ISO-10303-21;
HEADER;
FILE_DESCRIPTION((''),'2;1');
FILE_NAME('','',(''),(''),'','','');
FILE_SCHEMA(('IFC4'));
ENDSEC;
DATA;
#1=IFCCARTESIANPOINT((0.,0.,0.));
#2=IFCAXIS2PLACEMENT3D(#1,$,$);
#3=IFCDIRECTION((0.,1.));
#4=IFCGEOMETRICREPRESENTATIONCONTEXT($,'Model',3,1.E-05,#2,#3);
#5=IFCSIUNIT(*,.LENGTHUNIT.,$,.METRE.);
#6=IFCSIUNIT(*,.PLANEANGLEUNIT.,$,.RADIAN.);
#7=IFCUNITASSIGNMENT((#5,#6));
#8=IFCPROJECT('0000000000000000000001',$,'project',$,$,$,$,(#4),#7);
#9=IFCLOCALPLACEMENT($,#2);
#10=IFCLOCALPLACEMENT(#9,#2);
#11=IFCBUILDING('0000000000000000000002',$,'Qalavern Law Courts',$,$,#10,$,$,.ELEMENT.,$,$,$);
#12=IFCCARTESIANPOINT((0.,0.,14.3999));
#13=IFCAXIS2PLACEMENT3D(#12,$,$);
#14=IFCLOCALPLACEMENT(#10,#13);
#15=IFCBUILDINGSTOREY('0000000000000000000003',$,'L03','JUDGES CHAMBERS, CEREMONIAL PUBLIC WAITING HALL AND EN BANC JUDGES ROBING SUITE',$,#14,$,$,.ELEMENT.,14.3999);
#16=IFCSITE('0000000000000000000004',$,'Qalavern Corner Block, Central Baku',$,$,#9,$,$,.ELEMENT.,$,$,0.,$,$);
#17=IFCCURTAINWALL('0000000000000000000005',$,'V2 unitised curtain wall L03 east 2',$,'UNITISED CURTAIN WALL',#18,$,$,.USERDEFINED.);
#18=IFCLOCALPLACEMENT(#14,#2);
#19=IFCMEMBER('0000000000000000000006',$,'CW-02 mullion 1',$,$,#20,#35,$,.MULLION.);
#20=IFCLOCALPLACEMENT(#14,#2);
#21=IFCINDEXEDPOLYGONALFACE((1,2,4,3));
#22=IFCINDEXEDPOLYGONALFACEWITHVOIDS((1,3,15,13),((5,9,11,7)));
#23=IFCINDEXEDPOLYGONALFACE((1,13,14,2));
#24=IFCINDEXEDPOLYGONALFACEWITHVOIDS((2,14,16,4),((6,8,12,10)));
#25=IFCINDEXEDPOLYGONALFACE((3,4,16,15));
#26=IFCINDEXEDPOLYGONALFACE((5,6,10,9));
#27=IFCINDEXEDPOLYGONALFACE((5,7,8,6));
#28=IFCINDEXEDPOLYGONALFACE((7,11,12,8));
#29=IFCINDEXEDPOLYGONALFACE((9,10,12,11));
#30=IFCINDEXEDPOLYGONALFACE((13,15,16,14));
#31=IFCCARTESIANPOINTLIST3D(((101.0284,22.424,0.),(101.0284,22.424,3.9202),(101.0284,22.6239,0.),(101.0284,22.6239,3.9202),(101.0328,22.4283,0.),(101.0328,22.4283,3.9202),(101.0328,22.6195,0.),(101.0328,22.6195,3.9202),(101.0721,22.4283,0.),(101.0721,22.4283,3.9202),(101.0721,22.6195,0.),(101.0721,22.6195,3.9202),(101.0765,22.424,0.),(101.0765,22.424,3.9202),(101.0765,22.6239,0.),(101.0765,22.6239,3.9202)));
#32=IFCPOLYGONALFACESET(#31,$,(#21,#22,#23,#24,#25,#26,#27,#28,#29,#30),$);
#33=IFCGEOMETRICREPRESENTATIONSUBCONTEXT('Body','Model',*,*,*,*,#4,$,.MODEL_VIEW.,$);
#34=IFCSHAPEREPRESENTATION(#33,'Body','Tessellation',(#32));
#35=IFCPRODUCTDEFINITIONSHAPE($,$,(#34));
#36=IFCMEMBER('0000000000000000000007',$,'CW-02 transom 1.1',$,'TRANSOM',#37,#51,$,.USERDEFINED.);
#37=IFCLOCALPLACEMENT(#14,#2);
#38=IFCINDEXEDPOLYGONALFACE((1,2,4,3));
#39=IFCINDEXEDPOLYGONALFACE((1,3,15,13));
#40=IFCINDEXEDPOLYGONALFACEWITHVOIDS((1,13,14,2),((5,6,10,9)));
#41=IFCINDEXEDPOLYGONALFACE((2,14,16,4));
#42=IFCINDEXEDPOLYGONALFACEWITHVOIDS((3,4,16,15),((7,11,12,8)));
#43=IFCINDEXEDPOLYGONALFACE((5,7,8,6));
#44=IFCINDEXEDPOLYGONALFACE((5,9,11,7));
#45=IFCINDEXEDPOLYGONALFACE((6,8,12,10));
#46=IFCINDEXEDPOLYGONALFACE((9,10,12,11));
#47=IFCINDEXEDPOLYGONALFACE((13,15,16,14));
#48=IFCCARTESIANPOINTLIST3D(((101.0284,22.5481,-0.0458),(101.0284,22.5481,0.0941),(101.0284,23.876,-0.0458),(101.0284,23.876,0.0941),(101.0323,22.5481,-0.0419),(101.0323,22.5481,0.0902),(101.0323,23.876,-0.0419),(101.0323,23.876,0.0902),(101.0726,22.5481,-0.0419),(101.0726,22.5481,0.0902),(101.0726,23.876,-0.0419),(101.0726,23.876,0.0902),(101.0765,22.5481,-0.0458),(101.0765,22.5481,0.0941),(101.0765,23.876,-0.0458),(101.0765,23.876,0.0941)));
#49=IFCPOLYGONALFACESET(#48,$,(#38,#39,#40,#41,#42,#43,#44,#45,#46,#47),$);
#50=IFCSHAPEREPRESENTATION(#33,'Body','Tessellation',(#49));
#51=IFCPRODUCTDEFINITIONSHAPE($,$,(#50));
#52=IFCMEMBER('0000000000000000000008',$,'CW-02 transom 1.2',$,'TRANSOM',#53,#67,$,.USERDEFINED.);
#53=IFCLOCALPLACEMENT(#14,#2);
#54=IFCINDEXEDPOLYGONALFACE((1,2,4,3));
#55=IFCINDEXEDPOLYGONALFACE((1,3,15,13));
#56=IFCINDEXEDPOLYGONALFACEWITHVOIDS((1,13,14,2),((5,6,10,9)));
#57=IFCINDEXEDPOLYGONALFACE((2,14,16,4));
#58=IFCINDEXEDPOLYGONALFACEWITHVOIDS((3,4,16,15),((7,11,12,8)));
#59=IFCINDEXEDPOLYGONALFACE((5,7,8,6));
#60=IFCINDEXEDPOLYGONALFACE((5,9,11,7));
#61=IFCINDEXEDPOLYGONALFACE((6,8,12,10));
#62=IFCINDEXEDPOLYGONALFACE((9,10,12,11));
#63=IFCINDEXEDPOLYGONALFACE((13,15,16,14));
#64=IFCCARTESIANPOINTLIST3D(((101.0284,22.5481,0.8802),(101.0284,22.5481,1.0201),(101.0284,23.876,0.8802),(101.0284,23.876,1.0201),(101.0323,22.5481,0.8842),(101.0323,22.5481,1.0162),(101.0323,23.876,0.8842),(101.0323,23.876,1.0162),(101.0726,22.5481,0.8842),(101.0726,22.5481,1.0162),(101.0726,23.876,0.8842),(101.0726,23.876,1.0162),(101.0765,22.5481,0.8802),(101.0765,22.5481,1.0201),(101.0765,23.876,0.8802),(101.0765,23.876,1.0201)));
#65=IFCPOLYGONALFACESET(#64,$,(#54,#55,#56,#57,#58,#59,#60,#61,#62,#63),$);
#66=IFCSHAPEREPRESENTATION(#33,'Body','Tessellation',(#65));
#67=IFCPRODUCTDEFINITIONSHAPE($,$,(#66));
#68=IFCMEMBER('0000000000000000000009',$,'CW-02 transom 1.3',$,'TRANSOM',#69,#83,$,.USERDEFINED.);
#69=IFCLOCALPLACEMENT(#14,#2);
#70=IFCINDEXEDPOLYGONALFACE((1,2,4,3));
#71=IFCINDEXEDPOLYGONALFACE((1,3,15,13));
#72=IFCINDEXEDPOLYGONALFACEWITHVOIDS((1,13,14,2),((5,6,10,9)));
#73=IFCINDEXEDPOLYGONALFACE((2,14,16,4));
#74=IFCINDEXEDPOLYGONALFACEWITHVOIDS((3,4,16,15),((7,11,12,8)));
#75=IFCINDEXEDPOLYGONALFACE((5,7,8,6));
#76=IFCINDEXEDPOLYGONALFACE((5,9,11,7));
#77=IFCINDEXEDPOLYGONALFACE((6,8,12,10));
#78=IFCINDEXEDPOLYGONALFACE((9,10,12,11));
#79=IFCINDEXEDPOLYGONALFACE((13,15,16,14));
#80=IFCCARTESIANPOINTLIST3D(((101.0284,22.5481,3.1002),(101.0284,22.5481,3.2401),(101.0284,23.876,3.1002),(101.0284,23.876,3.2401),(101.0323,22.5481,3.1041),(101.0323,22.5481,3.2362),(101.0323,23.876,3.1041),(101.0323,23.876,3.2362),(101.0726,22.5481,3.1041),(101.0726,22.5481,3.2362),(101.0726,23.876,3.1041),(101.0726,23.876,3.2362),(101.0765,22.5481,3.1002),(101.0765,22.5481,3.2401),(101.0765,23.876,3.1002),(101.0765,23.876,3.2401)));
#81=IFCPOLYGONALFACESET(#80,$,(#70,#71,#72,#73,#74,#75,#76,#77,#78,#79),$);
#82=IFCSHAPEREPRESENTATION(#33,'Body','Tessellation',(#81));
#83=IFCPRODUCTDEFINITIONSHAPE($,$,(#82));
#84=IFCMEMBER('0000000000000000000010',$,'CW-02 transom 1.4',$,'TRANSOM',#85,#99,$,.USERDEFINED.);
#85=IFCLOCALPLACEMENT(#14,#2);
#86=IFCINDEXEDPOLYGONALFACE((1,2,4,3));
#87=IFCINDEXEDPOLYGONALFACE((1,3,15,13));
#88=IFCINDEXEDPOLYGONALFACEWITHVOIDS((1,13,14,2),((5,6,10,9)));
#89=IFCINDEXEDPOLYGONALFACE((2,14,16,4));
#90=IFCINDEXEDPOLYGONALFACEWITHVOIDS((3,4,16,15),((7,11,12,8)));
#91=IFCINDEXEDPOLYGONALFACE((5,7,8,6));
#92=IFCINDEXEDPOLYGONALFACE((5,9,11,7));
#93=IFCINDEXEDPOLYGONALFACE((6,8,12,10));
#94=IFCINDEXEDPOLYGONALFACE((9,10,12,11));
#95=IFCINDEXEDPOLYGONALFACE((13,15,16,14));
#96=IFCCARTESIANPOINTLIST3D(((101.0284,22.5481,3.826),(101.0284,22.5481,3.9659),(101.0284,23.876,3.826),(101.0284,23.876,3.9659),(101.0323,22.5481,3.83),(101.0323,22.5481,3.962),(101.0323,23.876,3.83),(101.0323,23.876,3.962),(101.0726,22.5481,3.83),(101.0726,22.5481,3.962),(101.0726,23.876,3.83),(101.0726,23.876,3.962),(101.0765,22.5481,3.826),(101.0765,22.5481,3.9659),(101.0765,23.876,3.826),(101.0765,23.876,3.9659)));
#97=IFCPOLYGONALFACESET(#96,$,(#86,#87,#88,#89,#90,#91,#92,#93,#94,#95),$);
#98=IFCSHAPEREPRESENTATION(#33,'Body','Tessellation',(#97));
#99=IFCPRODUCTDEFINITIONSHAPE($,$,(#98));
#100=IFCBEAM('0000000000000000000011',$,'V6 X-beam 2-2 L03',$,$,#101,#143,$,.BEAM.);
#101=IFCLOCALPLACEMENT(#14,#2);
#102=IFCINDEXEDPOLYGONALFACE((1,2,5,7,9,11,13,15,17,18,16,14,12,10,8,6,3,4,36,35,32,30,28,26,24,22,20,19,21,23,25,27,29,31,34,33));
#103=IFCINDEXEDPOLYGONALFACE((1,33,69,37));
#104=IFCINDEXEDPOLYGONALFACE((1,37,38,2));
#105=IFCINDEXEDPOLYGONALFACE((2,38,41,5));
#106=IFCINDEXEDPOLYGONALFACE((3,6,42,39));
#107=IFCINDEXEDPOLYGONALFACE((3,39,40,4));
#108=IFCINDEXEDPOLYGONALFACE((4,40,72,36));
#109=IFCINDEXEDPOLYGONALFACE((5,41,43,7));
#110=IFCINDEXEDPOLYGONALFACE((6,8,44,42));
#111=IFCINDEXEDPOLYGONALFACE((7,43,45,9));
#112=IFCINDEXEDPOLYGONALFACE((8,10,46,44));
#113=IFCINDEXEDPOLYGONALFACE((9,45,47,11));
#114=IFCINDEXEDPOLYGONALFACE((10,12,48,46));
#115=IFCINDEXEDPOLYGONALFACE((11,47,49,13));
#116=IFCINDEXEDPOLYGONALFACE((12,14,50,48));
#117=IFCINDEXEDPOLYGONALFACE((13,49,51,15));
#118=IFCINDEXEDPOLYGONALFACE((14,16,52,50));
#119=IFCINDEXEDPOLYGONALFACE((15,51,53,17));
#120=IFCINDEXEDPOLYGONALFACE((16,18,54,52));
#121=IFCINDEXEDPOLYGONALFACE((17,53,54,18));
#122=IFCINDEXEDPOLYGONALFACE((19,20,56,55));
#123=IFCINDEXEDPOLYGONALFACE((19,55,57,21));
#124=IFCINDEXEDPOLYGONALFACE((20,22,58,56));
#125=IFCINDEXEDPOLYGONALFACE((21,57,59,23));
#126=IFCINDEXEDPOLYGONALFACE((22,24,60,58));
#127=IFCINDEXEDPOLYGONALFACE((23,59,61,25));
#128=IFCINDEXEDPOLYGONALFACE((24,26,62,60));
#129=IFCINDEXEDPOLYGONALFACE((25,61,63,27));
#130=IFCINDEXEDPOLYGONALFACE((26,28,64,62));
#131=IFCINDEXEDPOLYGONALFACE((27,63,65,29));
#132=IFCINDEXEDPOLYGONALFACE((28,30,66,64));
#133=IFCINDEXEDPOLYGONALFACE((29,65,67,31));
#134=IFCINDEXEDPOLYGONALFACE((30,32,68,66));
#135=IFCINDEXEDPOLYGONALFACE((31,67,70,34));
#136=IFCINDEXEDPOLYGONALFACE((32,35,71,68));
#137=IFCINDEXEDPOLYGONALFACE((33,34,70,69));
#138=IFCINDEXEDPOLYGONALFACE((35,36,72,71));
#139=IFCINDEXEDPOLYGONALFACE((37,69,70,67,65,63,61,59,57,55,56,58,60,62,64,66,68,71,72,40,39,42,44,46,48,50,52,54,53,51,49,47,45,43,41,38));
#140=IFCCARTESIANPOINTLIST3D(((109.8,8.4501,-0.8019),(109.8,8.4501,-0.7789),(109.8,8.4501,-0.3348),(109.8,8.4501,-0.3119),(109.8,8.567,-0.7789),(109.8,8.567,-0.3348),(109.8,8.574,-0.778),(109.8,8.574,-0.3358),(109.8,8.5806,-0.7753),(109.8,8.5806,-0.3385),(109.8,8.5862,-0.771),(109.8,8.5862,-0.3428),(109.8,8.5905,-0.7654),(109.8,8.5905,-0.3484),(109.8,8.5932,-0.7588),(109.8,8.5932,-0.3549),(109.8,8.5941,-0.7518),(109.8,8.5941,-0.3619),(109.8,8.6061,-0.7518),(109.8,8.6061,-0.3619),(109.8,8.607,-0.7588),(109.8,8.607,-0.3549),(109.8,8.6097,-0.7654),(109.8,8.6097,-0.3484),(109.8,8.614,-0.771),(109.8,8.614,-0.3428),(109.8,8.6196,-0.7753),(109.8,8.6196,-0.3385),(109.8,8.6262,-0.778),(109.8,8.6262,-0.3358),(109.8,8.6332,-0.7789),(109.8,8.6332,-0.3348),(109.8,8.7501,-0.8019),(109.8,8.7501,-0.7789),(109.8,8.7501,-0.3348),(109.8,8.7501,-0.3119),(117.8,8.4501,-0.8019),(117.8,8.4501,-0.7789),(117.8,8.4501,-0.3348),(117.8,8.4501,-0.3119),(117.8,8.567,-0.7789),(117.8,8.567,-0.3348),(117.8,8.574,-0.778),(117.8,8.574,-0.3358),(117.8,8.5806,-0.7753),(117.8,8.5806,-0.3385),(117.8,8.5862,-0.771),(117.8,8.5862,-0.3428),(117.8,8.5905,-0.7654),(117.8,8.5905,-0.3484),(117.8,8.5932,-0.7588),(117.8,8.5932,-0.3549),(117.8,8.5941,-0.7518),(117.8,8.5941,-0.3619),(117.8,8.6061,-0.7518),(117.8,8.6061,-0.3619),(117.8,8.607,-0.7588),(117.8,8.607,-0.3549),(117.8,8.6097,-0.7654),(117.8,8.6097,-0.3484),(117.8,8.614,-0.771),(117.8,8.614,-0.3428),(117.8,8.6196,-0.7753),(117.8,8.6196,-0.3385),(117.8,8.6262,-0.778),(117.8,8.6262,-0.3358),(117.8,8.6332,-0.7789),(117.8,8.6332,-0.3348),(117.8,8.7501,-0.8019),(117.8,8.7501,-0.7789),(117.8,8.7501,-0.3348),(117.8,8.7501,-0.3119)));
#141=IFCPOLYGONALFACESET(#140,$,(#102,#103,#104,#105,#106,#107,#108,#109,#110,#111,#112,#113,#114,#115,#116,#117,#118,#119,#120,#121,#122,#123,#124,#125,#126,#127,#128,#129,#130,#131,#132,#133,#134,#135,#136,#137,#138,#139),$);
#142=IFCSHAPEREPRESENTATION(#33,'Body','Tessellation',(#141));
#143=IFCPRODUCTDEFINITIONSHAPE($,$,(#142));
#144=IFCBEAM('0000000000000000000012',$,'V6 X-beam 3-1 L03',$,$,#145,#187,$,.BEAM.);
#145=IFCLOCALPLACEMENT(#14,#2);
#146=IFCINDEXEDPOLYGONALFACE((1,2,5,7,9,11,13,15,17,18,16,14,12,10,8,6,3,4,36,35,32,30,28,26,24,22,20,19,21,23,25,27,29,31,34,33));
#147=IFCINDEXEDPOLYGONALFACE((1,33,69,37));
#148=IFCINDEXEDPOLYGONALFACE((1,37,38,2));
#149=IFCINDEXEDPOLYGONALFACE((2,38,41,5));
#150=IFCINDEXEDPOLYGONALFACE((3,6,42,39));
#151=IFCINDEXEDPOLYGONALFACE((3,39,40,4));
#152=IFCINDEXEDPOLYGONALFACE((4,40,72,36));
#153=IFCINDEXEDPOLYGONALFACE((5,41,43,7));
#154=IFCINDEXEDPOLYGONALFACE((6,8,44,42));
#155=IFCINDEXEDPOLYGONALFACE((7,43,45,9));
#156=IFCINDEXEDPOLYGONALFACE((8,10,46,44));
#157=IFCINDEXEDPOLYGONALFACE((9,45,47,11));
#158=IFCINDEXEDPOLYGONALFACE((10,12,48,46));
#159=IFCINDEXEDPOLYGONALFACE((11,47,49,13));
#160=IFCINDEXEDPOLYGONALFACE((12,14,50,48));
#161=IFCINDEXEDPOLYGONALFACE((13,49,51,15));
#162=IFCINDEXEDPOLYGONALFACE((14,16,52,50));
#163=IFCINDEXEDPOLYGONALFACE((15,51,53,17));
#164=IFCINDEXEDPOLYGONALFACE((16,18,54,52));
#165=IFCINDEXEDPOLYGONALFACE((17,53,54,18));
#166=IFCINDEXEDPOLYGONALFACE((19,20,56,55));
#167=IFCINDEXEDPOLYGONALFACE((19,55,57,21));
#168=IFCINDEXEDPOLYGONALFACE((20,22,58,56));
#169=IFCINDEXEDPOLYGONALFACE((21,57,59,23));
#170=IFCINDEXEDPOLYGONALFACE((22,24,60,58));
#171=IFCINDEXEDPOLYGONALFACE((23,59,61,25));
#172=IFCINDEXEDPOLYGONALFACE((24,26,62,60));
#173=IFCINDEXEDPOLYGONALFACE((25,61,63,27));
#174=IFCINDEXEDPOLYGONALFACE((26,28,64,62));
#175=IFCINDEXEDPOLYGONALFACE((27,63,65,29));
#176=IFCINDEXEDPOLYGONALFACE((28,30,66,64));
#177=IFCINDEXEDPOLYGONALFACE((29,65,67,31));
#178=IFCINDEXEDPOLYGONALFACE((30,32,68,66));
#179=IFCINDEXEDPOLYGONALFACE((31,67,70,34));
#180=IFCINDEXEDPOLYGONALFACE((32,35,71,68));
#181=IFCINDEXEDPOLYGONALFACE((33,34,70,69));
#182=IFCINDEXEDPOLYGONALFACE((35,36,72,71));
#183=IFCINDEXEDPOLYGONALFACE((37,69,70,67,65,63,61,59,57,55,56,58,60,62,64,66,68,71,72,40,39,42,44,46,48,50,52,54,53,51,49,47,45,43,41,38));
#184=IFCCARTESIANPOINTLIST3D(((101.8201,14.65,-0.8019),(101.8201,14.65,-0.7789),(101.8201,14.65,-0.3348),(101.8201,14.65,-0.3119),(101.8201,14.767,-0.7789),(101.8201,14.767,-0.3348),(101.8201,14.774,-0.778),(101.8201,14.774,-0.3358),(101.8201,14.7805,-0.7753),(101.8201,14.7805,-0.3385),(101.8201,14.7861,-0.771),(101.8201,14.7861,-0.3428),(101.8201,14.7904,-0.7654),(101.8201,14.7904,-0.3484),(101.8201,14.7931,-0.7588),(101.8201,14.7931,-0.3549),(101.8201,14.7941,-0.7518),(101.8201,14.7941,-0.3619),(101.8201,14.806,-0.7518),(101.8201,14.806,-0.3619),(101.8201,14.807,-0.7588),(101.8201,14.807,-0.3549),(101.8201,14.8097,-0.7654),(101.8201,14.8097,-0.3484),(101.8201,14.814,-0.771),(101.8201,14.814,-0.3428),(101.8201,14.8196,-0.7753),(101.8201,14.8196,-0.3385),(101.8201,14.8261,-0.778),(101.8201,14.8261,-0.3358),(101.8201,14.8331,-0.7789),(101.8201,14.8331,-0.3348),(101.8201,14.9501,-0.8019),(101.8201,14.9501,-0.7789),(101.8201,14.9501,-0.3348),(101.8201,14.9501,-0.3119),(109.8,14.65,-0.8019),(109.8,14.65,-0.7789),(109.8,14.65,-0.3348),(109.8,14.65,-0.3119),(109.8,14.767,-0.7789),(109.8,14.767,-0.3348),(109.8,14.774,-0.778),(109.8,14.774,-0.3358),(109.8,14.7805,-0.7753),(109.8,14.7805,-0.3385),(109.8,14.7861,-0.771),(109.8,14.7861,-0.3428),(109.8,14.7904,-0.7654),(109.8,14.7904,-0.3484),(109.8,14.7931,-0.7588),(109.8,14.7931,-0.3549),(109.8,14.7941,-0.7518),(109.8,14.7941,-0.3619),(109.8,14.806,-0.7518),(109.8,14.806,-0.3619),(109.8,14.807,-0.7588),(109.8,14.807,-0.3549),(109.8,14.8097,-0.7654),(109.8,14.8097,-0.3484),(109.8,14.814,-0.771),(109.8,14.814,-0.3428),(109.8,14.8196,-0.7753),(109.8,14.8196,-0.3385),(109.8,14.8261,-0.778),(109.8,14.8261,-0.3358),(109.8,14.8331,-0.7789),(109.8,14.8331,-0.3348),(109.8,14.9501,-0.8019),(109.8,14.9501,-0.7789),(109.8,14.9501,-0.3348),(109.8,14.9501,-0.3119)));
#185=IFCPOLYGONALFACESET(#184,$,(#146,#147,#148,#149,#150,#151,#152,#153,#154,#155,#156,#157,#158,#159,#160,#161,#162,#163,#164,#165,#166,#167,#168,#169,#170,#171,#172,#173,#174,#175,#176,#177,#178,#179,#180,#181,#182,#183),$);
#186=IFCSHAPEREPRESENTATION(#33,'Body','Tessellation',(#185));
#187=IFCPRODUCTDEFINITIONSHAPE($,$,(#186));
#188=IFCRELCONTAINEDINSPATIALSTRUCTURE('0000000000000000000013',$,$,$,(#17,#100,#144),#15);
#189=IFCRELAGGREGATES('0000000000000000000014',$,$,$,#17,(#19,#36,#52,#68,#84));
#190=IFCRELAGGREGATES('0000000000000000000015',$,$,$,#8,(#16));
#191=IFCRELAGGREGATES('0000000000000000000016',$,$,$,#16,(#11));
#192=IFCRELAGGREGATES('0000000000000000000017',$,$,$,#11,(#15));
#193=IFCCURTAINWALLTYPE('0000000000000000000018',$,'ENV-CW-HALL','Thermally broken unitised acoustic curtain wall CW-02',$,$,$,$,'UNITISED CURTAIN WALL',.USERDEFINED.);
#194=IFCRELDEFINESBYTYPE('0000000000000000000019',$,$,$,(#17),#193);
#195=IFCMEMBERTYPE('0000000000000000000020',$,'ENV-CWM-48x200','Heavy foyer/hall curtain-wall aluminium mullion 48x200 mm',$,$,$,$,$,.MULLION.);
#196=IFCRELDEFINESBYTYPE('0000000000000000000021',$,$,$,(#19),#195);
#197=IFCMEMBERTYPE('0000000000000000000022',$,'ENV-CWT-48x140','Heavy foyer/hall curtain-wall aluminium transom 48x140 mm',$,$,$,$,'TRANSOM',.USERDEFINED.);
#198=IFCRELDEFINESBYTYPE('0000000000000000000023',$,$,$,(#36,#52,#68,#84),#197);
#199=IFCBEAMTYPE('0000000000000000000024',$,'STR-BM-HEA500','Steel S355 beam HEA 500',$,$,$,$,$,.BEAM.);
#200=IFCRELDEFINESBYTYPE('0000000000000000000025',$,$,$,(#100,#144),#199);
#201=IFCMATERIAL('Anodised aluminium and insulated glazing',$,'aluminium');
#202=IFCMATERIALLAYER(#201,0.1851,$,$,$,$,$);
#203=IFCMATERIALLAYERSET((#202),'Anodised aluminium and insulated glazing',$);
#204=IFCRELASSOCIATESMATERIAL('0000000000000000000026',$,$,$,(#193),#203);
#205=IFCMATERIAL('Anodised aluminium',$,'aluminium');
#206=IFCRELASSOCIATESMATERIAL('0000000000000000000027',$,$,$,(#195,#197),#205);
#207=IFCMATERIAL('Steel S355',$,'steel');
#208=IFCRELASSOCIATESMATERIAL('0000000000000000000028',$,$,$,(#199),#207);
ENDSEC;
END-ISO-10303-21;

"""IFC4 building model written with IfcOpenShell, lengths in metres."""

from ifc_helpers import new_model, si_unit, direction, frame, origin, origin_2d, place, context, subcontext, project, spatial, hollow_rectangle, i_section, extrude, material, layer, layer_set, material_profile, profile_set, type_object, element, aggregate, save


model = new_model("IFC4")

# Units and contexts
model_context = context("Model", 3, precision=1e-05, world=origin(), true_north=direction((0.0, 1.0)))
body_context = subcontext(model_context, "Body", "Model", "MODEL_VIEW")
ifc_project = project(units=[si_unit("LENGTHUNIT", "METRE"), si_unit("PLANEANGLEUNIT", "RADIAN")], contexts=[model_context])

# Site, building, storey
site_placement = place(None, origin())
site = spatial("IfcSite", under=ifc_project, at=site_placement, Name="Qalavern Corner Block, Central Baku", CompositionType="ELEMENT", RefElevation=0.0)
building_placement = place(site_placement, origin())
building = spatial("IfcBuilding", under=site, at=building_placement, Name="Qalavern Law Courts", CompositionType="ELEMENT")
storey_placement = place(building_placement, frame((0.0, 0.0, 14.3999)))
storey = spatial("IfcBuildingStorey", under=building, at=storey_placement, Name="L03", Description="JUDGES CHAMBERS, CEREMONIAL PUBLIC WAITING HALL AND EN BANC JUDGES ROBING SUITE", CompositionType="ELEMENT", Elevation=14.3999)

# Curtain wall, members
ifc_material_1 = material(Name="Anodised aluminium and insulated glazing", Category="aluminium")
ifc_layer_1 = layer(ifc_material_1, 0.1851)
ifc_layer_set_1 = layer_set([ifc_layer_1], Name="Anodised aluminium and insulated glazing")
curtain_wall_type = type_object("IfcCurtainWallType", Name="ENV-CW-HALL", Description="Thermally broken unitised acoustic curtain wall CW-02", ElementType="UNITISED CURTAIN WALL", PredefinedType="USERDEFINED", material=ifc_layer_set_1)
curtain_wall_placement = place(storey_placement, origin())
curtain_wall = element("IfcCurtainWall", 1, at=curtain_wall_placement, inside=storey, type_object=curtain_wall_type, Name="V2 unitised curtain wall L03 east 2", ObjectType="UNITISED CURTAIN WALL", PredefinedType="USERDEFINED")
ifc_material_2 = material(Name="Anodised aluminium", Category="aluminium")
ifc_material_profile_1 = material_profile(ifc_material_2, hollow_rectangle(XDim=0.0481, YDim=0.2, WallThickness=0.0044, at=origin_2d()), Name="ALU MULLION 48x200")
ifc_profile_set_1 = profile_set([ifc_material_profile_1], Name="Anodised aluminium")
member_type_1 = type_object("IfcMemberType", Name="ENV-CWM-48x200", Description="Heavy foyer/hall curtain-wall aluminium mullion 48x200 mm", PredefinedType="MULLION", material=ifc_profile_set_1)
member_1_placement = place(storey_placement, frame((101.0525, 22.5239, 0.0), z_axis=(0.0, 0.0, 1.0), x_axis=(-1.0, 0.0, 0.0)))
member_1 = element("IfcMember", 2, at=member_1_placement, type_object=member_type_1, Name="CW-02 mullion 1", PredefinedType="MULLION", context=body_context, shape_type="SweptSolid", body=[
    extrude(hollow_rectangle(XDim=0.0481, YDim=0.2, WallThickness=0.0044, at=origin_2d()), origin(), (0.0, 0.0, 1.0), 3.9202),
])
ifc_material_profile_2 = material_profile(ifc_material_2, hollow_rectangle(XDim=0.0481, YDim=0.1399, WallThickness=0.0039, at=origin_2d()), Name="ALU TRANSOM 48x140")
ifc_profile_set_2 = profile_set([ifc_material_profile_2], Name="Anodised aluminium")
member_type_2 = type_object("IfcMemberType", Name="ENV-CWT-48x140", Description="Heavy foyer/hall curtain-wall aluminium transom 48x140 mm", ElementType="TRANSOM", PredefinedType="USERDEFINED", material=ifc_profile_set_2)
member_2_placement = place(storey_placement, frame((101.0525, 22.5481, 0.0242), z_axis=(0.0, 1.0, 0.0), x_axis=(-1.0, 0.0, 0.0)))
member_2 = element("IfcMember", 3, at=member_2_placement, type_object=member_type_2, Name="CW-02 transom 1.1", ObjectType="TRANSOM", PredefinedType="USERDEFINED", context=body_context, shape_type="SweptSolid", body=[
    extrude(hollow_rectangle(XDim=0.0481, YDim=0.1399, WallThickness=0.0039, at=origin_2d()), origin(), (0.0, 0.0, 1.0), 1.3279),
])
member_3_placement = place(storey_placement, frame((101.0525, 22.5481, 0.9502), z_axis=(0.0, 1.0, 0.0), x_axis=(-1.0, 0.0, 0.0)))
member_3 = element("IfcMember", 4, at=member_3_placement, type_object=member_type_2, Name="CW-02 transom 1.2", ObjectType="TRANSOM", PredefinedType="USERDEFINED", context=body_context, shape_type="SweptSolid", body=[
    extrude(hollow_rectangle(XDim=0.0481, YDim=0.1399, WallThickness=0.0039, at=origin_2d()), origin(), (0.0, 0.0, 1.0), 1.3279),
])
member_4_placement = place(storey_placement, frame((101.0525, 22.5481, 3.1702), z_axis=(0.0, 1.0, 0.0), x_axis=(-1.0, 0.0, 0.0)))
member_4 = element("IfcMember", 5, at=member_4_placement, type_object=member_type_2, Name="CW-02 transom 1.3", ObjectType="TRANSOM", PredefinedType="USERDEFINED", context=body_context, shape_type="SweptSolid", body=[
    extrude(hollow_rectangle(XDim=0.0481, YDim=0.1399, WallThickness=0.0039, at=origin_2d()), origin(), (0.0, 0.0, 1.0), 1.3279),
])
member_5_placement = place(storey_placement, frame((101.0525, 22.5481, 3.896), z_axis=(0.0, 1.0, 0.0), x_axis=(-1.0, 0.0, 0.0)))
member_5 = element("IfcMember", 6, at=member_5_placement, type_object=member_type_2, Name="CW-02 transom 1.4", ObjectType="TRANSOM", PredefinedType="USERDEFINED", context=body_context, shape_type="SweptSolid", body=[
    extrude(hollow_rectangle(XDim=0.0481, YDim=0.1399, WallThickness=0.0039, at=origin_2d()), origin(), (0.0, 0.0, 1.0), 1.3279),
])

# Beams
ifc_material_3 = material(Name="Steel S355", Category="steel")
ifc_material_profile_3 = material_profile(ifc_material_3, i_section(OverallWidth=0.3, OverallDepth=0.49, WebThickness=0.012, FlangeThickness=0.0229, FilletRadius=0.0271, at=origin_2d()), Name="HEA 500")
ifc_profile_set_3 = profile_set([ifc_material_profile_3], Name="Steel S355")
beam_type_1 = type_object("IfcBeamType", Name="STR-BM-HEA500", Description="Steel S355 beam HEA 500", PredefinedType="BEAM", material=ifc_profile_set_3)
beam_1_placement = place(storey_placement, frame((109.8, 8.6001, -0.5569), z_axis=(1.0, 0.0, 0.0), x_axis=(0.0, 1.0, 0.0)))
element("IfcBeam", 7, at=beam_1_placement, inside=storey, type_object=beam_type_1, Name="V6 X-beam 2-2 L03", PredefinedType="BEAM", context=body_context, shape_type="SweptSolid", body=[
    extrude(i_section(OverallWidth=0.3, OverallDepth=0.49, WebThickness=0.012, FlangeThickness=0.0229, FilletRadius=0.0271, at=origin_2d()), origin(), (0.0, 0.0, 1.0), 8.0),
])
beam_2_placement = place(storey_placement, frame((101.8201, 14.8, -0.5569), z_axis=(1.0, 0.0, 0.0), x_axis=(0.0, 1.0, 0.0)))
element("IfcBeam", 8, at=beam_2_placement, inside=storey, type_object=beam_type_1, Name="V6 X-beam 3-1 L03", PredefinedType="BEAM", context=body_context, shape_type="SweptSolid", body=[
    extrude(i_section(OverallWidth=0.3, OverallDepth=0.49, WebThickness=0.012, FlangeThickness=0.0229, FilletRadius=0.0271, at=origin_2d()), origin(), (0.0, 0.0, 1.0), 7.98),
])

aggregate(curtain_wall, [member_1, member_2, member_3, member_4, member_5])

save(model, "model.ifc")
